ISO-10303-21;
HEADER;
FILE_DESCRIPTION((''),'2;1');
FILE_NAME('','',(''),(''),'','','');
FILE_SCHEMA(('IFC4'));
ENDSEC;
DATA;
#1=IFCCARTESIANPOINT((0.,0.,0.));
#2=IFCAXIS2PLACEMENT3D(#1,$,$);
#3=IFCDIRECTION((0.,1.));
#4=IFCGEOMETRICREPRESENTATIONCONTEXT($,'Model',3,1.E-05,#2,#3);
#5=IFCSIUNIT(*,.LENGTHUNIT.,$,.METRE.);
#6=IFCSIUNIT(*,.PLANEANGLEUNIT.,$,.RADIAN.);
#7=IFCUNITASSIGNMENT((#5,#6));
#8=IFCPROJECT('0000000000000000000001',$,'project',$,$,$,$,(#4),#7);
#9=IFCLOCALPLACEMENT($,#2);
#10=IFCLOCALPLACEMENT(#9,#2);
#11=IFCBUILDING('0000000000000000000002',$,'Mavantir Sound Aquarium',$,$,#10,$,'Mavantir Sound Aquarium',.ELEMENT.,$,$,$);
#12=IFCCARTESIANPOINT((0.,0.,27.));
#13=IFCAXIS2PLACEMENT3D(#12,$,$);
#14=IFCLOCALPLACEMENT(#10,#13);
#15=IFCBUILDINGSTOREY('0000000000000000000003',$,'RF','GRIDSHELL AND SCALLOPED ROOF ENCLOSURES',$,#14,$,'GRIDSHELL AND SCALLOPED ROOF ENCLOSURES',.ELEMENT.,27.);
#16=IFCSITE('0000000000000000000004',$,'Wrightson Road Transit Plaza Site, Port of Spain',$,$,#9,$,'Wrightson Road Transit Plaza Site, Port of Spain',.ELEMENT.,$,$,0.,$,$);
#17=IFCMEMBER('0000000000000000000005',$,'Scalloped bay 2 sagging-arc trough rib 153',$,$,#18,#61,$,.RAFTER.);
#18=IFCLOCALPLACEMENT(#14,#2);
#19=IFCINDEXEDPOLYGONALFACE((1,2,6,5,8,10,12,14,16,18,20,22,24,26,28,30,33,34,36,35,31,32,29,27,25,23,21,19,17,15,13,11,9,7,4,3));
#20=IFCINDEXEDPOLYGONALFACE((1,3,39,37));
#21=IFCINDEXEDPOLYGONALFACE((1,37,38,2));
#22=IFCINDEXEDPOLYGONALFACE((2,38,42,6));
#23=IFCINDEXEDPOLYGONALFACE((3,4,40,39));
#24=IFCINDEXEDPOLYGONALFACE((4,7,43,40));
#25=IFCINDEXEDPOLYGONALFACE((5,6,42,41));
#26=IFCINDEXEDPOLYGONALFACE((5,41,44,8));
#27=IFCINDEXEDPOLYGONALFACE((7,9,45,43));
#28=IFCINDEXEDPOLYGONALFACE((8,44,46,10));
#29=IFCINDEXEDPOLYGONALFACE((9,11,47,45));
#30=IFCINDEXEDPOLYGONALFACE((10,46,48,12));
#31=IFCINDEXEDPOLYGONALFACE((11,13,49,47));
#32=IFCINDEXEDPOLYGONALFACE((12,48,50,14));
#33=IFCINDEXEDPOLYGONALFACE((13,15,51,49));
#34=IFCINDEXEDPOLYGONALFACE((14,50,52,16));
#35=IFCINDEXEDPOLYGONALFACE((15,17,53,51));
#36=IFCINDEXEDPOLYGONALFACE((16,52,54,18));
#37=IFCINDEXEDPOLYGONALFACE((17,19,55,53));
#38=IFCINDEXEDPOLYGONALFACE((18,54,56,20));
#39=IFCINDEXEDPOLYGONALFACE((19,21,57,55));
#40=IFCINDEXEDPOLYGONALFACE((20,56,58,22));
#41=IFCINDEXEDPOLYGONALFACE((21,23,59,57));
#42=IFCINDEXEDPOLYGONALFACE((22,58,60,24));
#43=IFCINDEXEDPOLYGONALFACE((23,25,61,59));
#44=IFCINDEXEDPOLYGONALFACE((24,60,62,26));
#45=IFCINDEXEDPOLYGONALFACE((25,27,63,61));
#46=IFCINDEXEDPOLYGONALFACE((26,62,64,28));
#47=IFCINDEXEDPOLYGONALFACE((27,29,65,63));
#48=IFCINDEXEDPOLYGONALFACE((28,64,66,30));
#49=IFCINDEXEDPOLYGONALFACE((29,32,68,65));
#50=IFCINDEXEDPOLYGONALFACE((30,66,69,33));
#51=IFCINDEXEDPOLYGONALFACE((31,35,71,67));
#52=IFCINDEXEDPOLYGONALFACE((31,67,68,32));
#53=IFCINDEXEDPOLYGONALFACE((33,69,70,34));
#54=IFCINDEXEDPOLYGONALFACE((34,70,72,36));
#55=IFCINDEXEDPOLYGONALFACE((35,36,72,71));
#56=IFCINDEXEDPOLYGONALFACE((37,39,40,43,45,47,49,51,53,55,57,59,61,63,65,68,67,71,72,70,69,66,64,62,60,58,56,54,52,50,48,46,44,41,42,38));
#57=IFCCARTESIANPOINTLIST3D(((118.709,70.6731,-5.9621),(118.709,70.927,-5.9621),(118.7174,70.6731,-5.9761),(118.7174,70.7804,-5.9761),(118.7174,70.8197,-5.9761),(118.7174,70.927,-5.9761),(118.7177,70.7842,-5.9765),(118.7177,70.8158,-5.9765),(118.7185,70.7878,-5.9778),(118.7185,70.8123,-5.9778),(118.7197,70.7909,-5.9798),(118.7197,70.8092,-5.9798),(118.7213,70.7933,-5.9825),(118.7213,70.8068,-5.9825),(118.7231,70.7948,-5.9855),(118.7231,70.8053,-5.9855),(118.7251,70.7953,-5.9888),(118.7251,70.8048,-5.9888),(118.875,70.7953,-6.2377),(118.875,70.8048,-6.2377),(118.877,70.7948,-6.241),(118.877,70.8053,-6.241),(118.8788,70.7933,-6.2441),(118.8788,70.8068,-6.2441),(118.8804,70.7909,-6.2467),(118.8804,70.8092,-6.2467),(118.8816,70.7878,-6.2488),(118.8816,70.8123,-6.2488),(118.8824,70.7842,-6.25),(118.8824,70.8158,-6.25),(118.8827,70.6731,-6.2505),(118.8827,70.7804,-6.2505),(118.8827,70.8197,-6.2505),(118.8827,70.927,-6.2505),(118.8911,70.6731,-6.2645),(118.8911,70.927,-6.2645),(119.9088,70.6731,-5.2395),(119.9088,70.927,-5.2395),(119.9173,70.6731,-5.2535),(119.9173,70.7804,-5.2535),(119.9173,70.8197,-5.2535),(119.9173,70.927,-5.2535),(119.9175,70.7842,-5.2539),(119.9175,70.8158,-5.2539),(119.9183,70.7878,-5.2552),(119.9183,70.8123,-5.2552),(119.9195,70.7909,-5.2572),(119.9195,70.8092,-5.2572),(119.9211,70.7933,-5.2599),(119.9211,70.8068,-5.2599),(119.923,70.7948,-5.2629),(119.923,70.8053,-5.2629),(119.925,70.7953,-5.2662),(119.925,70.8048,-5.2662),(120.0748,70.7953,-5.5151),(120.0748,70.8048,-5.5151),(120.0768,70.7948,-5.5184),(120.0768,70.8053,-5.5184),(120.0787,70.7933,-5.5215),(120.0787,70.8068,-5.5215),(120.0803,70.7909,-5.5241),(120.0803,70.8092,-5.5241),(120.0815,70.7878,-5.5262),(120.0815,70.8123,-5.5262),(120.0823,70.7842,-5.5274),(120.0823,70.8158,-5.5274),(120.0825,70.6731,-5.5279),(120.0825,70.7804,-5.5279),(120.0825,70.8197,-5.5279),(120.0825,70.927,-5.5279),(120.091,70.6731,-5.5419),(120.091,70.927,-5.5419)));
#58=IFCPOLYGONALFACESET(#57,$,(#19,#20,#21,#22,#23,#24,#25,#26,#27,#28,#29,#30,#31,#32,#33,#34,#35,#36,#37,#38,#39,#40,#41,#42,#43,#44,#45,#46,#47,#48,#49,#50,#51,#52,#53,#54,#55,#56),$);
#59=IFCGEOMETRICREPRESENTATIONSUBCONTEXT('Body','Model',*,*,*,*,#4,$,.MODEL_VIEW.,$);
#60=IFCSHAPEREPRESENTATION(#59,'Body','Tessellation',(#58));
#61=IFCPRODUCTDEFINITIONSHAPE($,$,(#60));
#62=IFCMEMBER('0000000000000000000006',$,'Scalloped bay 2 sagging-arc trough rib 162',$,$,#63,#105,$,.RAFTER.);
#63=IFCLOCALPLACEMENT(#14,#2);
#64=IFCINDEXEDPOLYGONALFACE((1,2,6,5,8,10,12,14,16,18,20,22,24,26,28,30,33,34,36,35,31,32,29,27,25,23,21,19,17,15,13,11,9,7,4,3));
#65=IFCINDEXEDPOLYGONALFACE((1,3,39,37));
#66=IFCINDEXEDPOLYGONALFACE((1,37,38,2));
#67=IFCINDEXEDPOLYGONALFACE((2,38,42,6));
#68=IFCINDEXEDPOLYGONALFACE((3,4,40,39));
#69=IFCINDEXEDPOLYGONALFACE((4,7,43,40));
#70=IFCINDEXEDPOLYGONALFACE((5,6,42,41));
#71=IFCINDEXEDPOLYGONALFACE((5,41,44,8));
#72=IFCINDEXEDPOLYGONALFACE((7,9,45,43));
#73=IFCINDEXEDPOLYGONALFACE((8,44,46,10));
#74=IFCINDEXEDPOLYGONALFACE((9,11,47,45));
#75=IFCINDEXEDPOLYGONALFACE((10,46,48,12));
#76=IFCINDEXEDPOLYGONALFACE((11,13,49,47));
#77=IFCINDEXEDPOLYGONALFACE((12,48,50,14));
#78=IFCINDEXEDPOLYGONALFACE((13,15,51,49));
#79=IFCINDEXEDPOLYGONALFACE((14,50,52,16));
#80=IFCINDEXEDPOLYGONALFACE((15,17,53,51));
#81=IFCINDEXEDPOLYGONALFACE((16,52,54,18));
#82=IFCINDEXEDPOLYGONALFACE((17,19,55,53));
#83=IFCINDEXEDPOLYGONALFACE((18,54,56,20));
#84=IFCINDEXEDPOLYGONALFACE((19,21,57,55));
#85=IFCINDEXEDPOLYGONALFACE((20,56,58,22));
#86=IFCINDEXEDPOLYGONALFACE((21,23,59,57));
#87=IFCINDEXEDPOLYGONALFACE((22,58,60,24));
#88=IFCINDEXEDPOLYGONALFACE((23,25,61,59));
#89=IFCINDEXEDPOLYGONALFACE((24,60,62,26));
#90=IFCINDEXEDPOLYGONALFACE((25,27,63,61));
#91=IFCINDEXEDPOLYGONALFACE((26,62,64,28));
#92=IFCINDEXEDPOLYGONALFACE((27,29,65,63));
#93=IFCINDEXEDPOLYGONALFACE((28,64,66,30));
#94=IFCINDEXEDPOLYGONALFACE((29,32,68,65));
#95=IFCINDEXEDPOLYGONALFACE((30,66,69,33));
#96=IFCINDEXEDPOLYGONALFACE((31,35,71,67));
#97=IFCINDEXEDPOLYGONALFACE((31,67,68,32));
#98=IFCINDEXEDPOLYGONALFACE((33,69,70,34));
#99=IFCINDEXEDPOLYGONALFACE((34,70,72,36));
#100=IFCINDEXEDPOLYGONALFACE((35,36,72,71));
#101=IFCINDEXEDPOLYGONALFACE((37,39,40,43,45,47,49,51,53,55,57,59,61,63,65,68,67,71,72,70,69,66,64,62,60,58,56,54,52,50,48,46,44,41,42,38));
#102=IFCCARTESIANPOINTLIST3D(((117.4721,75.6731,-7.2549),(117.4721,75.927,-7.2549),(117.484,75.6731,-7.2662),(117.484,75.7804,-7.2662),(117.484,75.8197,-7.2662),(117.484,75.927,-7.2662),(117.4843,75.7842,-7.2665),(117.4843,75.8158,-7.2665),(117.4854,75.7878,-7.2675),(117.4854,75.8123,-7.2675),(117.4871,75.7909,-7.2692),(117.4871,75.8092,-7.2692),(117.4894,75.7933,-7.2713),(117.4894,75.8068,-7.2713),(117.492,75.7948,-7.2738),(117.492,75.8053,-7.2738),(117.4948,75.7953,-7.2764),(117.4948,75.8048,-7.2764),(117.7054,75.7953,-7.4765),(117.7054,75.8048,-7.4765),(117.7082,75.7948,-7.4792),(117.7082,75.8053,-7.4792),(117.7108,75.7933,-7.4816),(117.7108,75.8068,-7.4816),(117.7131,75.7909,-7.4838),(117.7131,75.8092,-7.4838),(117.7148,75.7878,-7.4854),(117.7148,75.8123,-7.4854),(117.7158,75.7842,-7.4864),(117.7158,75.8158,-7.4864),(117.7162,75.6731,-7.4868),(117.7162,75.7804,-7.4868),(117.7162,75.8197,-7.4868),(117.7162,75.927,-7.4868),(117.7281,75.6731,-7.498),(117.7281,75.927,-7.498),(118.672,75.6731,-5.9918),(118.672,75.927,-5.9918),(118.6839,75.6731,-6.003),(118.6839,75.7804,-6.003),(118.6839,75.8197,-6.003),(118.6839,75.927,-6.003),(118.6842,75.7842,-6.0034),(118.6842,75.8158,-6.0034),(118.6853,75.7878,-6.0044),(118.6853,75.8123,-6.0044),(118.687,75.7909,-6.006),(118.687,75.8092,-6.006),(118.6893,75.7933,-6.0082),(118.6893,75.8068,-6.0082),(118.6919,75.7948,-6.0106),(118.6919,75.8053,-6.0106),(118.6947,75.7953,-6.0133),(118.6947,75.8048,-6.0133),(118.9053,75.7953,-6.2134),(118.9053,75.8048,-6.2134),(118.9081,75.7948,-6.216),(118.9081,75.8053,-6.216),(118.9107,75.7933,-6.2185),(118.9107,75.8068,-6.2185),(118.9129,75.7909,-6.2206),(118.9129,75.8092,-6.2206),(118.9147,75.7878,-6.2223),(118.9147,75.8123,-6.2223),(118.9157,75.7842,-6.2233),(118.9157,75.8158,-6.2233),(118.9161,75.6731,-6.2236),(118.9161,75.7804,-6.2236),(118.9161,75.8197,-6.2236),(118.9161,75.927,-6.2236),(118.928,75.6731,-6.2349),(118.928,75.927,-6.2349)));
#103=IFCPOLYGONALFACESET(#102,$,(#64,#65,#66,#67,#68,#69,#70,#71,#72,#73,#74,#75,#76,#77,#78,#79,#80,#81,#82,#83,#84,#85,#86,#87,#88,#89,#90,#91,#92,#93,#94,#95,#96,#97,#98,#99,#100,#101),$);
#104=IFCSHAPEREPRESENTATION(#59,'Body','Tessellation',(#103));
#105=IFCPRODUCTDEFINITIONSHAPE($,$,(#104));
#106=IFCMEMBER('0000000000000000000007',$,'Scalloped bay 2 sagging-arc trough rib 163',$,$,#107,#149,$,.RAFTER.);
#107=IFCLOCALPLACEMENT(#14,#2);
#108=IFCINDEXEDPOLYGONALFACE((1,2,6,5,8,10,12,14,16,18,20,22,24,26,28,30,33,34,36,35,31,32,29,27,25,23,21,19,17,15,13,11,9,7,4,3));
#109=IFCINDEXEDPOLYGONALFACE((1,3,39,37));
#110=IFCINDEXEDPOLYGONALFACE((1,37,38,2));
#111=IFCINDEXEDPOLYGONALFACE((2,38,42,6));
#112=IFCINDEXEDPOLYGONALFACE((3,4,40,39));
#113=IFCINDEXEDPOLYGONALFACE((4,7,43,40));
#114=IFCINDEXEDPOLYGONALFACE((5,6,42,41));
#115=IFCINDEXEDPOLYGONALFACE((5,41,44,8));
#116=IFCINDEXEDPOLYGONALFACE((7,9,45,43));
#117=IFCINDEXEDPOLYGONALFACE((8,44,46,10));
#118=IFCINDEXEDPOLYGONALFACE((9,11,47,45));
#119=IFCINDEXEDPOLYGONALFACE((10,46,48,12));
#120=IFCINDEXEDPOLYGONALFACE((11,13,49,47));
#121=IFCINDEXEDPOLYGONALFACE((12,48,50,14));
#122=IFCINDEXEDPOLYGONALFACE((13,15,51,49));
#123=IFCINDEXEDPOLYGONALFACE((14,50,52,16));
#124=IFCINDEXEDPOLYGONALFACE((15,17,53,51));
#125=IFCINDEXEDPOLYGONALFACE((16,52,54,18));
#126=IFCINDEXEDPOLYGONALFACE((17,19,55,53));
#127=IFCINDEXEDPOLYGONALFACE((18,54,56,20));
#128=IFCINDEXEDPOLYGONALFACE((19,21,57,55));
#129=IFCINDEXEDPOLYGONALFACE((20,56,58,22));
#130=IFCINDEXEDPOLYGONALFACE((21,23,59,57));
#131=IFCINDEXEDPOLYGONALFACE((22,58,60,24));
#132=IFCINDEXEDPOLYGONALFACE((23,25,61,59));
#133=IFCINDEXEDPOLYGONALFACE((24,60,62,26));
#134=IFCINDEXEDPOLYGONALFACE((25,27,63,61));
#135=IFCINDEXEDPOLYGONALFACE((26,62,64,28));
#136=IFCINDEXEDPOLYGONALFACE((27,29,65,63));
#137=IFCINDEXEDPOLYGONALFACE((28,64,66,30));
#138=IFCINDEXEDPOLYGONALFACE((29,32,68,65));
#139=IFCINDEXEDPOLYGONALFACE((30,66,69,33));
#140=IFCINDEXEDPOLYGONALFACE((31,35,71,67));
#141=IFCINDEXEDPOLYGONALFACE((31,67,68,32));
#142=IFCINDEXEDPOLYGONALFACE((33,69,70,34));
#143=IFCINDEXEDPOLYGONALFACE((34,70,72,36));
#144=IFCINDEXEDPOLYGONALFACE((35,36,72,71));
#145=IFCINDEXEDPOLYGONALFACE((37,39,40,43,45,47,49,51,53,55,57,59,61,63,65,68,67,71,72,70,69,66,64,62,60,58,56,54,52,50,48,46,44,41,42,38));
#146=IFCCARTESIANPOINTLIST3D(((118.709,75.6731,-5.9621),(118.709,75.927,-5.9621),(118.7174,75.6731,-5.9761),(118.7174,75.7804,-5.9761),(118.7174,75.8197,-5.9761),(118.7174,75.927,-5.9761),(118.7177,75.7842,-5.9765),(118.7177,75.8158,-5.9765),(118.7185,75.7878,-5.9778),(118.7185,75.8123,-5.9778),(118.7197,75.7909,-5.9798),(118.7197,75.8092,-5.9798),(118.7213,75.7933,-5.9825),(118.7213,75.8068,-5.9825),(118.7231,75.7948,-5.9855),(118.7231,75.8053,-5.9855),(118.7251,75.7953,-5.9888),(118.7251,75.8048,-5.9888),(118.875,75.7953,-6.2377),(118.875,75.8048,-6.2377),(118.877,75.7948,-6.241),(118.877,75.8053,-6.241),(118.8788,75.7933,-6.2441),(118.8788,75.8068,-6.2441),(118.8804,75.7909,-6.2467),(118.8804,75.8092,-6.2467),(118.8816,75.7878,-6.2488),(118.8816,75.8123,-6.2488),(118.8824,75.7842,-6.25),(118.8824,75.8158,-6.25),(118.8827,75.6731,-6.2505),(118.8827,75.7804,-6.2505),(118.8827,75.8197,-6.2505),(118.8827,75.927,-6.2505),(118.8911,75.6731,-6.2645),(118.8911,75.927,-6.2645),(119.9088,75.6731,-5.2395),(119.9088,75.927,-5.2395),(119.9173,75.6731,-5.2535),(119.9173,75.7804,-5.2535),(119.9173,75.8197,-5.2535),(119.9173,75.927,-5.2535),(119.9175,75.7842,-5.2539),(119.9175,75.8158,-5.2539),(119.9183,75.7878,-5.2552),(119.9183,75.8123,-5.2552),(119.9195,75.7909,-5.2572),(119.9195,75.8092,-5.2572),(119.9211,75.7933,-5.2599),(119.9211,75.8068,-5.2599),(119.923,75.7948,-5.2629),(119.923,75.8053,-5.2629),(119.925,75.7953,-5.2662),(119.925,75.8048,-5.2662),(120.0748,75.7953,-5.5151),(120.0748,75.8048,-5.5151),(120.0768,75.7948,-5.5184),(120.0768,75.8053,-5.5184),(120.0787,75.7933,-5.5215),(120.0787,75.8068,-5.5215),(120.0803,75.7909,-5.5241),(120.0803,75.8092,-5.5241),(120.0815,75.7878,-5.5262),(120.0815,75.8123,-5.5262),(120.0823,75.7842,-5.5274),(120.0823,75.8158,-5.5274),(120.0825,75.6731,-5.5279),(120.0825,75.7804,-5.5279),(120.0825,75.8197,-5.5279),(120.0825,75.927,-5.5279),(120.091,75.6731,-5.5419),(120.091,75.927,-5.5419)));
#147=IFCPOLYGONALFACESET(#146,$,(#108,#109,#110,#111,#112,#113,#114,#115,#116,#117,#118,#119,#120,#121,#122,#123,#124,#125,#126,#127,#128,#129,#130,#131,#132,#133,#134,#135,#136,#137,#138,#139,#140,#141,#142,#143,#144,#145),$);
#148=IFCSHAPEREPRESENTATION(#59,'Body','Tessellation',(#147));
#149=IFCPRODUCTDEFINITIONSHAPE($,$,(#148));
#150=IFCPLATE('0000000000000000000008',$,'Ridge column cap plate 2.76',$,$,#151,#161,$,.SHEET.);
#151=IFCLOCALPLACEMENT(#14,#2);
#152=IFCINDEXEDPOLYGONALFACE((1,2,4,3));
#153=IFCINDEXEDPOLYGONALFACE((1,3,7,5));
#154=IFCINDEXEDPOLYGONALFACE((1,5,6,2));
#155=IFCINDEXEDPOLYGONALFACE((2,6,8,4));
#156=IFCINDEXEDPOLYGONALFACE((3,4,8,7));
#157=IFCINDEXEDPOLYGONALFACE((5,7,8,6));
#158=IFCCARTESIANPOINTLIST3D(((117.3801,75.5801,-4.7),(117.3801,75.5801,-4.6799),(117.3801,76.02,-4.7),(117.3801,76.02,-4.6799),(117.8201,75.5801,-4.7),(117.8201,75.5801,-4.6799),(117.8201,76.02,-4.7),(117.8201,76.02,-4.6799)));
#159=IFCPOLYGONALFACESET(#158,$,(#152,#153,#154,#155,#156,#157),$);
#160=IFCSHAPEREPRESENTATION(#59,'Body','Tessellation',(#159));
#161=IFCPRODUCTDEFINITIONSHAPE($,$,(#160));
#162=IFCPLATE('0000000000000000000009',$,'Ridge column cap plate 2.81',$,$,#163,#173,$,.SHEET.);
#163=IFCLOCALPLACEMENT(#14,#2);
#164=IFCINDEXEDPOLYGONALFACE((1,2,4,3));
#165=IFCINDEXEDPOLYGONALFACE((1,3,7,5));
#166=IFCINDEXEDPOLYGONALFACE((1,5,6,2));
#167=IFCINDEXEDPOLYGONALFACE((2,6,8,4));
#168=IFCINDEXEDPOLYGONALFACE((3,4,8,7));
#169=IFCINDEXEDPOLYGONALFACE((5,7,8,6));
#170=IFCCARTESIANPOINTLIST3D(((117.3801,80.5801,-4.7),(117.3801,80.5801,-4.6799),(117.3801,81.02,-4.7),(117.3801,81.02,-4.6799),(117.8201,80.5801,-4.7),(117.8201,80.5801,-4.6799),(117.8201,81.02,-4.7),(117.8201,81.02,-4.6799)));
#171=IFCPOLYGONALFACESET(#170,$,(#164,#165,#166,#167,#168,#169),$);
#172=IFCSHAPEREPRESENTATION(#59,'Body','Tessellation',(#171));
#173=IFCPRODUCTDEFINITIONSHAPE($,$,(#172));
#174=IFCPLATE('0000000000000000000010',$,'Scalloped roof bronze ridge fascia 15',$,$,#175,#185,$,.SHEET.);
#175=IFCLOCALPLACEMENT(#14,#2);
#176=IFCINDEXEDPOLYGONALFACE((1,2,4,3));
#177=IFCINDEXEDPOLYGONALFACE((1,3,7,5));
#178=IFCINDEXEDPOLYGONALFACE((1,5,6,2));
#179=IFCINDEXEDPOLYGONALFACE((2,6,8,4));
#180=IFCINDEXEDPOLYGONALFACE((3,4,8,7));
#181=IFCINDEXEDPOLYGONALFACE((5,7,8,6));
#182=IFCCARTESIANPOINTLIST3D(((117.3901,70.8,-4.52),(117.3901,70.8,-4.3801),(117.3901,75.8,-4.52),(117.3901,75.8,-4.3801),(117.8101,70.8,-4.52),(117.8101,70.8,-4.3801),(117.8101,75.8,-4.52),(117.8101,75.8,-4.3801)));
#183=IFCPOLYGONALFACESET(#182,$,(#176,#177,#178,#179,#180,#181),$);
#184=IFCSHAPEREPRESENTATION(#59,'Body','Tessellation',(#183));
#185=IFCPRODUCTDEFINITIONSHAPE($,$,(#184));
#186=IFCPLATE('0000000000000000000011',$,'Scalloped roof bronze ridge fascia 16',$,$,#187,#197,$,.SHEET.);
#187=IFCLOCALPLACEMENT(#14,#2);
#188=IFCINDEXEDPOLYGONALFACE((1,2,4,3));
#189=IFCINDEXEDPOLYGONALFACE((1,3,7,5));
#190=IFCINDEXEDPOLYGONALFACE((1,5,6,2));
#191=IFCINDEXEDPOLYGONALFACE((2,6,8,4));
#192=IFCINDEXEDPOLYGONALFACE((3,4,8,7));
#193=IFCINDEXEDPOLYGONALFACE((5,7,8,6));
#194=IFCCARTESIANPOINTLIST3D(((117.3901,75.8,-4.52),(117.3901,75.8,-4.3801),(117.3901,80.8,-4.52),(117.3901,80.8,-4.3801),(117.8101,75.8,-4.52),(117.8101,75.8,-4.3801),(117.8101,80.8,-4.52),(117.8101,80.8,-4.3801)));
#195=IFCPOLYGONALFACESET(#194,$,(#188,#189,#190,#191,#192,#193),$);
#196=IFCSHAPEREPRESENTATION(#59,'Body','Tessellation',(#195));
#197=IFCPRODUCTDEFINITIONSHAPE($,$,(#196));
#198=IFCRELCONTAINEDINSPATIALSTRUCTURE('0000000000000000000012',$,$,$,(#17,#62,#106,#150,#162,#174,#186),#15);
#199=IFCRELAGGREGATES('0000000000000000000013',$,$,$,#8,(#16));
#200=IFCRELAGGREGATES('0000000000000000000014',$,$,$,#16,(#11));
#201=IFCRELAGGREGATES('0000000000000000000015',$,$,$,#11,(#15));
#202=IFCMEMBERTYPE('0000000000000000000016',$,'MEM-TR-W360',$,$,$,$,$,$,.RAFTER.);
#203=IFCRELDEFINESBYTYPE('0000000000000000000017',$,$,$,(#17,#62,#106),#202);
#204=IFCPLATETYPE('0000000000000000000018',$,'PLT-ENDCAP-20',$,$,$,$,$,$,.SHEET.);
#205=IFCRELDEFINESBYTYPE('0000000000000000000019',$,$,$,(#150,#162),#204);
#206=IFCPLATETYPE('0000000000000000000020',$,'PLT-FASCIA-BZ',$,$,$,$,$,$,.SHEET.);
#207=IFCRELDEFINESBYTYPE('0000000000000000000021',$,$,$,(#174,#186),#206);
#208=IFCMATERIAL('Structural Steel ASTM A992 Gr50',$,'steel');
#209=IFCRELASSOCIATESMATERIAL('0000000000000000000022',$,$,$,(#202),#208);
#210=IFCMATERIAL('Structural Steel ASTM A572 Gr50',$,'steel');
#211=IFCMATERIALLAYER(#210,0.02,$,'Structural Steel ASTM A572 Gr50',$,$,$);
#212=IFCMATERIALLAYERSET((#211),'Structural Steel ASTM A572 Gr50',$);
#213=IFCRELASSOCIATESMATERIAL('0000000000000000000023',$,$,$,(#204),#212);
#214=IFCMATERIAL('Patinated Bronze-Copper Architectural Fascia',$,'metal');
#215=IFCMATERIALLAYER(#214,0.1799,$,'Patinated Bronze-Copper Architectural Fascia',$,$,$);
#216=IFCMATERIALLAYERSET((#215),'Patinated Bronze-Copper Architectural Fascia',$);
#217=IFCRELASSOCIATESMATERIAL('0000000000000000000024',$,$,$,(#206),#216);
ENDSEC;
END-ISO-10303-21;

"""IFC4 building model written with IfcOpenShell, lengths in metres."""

from ifc_helpers import new_model, si_unit, direction, frame, origin, origin_2d, place, context, subcontext, project, spatial, rectangle, i_section, extrude, material, layer, layer_set, material_profile, profile_set, type_object, element, save


model = new_model("IFC4")

# Units and contexts
model_context = context("Model", 3, precision=1e-05, world=origin(), true_north=direction((0.0, 1.0)))
body_context = subcontext(model_context, "Body", "Model", "MODEL_VIEW")
ifc_project = project(units=[si_unit("LENGTHUNIT", "METRE"), si_unit("PLANEANGLEUNIT", "RADIAN")], contexts=[model_context])

# Site, building, storey
site_placement = place(None, origin())
site = spatial("IfcSite", under=ifc_project, at=site_placement, Name="Wrightson Road Transit Plaza Site, Port of Spain", LongName="Wrightson Road Transit Plaza Site, Port of Spain", CompositionType="ELEMENT", RefElevation=0.0)
building_placement = place(site_placement, origin())
building = spatial("IfcBuilding", under=site, at=building_placement, Name="Mavantir Sound Aquarium", LongName="Mavantir Sound Aquarium", CompositionType="ELEMENT")
storey_placement = place(building_placement, frame((0.0, 0.0, 27.0)))
storey = spatial("IfcBuildingStorey", under=building, at=storey_placement, Name="RF", Description="GRIDSHELL AND SCALLOPED ROOF ENCLOSURES", LongName="GRIDSHELL AND SCALLOPED ROOF ENCLOSURES", CompositionType="ELEMENT", Elevation=27.0)

# Shared definitions
ifc_material_1 = material(Name="Structural Steel ASTM A992 Gr50", Category="steel")

# Members
ifc_material_profile_1 = material_profile(ifc_material_1, i_section(OverallWidth=0.2539, OverallDepth=0.353, WebThickness=0.0095, FlangeThickness=0.0164, FilletRadius=0.0149, at=origin_2d()), Name="W360X91")
ifc_profile_set_1 = profile_set([ifc_material_profile_1], Name="Structural Steel ASTM A992 Gr50")
member_type_1 = type_object("IfcMemberType", Name="MEM-TR-W360", PredefinedType="RAFTER", material=ifc_profile_set_1)
member_1_placement = place(storey_placement, frame((118.8, 70.8, -6.1133), z_axis=(0.856646, 0.0, 0.515905), x_axis=(0.0, 1.0, 0.0)))
element("IfcMember", 1, at=member_1_placement, inside=storey, type_object=member_type_1, Name="Scalloped bay 2 sagging-arc trough rib 153", PredefinedType="RAFTER", context=body_context, shape_type="SweptSolid", body=[
    extrude(i_section(OverallWidth=0.2539, OverallDepth=0.353, WebThickness=0.0095, FlangeThickness=0.0164, FilletRadius=0.0149, at=origin_2d()), origin(), (0.0, 0.0, 1.0), 1.4006),
])
member_2_placement = place(storey_placement, frame((117.6001, 75.8, -7.3765), z_axis=(0.688727, 0.0, 0.72502), x_axis=(0.0, 1.0, 0.0)))
element("IfcMember", 2, at=member_2_placement, inside=storey, type_object=member_type_1, Name="Scalloped bay 2 sagging-arc trough rib 162", PredefinedType="RAFTER", context=body_context, shape_type="SweptSolid", body=[
    extrude(i_section(OverallWidth=0.2539, OverallDepth=0.353, WebThickness=0.0095, FlangeThickness=0.0164, FilletRadius=0.0149, at=origin_2d()), origin(), (0.0, 0.0, 1.0), 1.7422),
])
member_3_placement = place(storey_placement, frame((118.8, 75.8, -6.1133), z_axis=(0.856646, 0.0, 0.515905), x_axis=(0.0, 1.0, 0.0)))
element("IfcMember", 3, at=member_3_placement, inside=storey, type_object=member_type_1, Name="Scalloped bay 2 sagging-arc trough rib 163", PredefinedType="RAFTER", context=body_context, shape_type="SweptSolid", body=[
    extrude(i_section(OverallWidth=0.2539, OverallDepth=0.353, WebThickness=0.0095, FlangeThickness=0.0164, FilletRadius=0.0149, at=origin_2d()), origin(), (0.0, 0.0, 1.0), 1.4006),
])

# Plates
ifc_material_2 = material(Name="Structural Steel ASTM A572 Gr50", Category="steel")
ifc_layer_1 = layer(ifc_material_2, 0.02, Name="Structural Steel ASTM A572 Gr50")
ifc_layer_set_1 = layer_set([ifc_layer_1], Name="Structural Steel ASTM A572 Gr50")
plate_type_1 = type_object("IfcPlateType", Name="PLT-ENDCAP-20", PredefinedType="SHEET", material=ifc_layer_set_1)
for number, where, z_axis, x_axis, name in (
    (4, (117.6001, 75.8, -4.7), (0.0, 0.0, 1.0), (1.0, 0.0, 0.0), "Ridge column cap plate 2.76"),
    (5, (117.6001, 80.8, -4.7), (0.0, 0.0, 1.0), (1.0, 0.0, 0.0), "Ridge column cap plate 2.81"),
):
    element("IfcPlate", number, at=place(storey_placement, frame(where, z_axis=z_axis, x_axis=x_axis)), inside=storey, type_object=plate_type_1, Name=name, PredefinedType="SHEET", context=body_context, shape_type="SweptSolid", body=[
        extrude(rectangle(XDim=0.4399, YDim=0.4399, at=origin_2d()), origin(), (0.0, 0.0, 1.0), 0.02),
    ])
ifc_material_3 = material(Name="Patinated Bronze-Copper Architectural Fascia", Category="metal")
ifc_layer_2 = layer(ifc_material_3, 0.1799, Name="Patinated Bronze-Copper Architectural Fascia")
ifc_layer_set_2 = layer_set([ifc_layer_2], Name="Patinated Bronze-Copper Architectural Fascia")
plate_type_2 = type_object("IfcPlateType", Name="PLT-FASCIA-BZ", PredefinedType="SHEET", material=ifc_layer_set_2)
for number, where, z_axis, x_axis, name in (
    (6, (117.6001, 73.3, -4.52), (0.0, 0.0, 1.0), (1.0, 0.0, 0.0), "Scalloped roof bronze ridge fascia 15"),
    (7, (117.6001, 78.3, -4.52), (0.0, 0.0, 1.0), (1.0, 0.0, 0.0), "Scalloped roof bronze ridge fascia 16"),
):
    element("IfcPlate", number, at=place(storey_placement, frame(where, z_axis=z_axis, x_axis=x_axis)), inside=storey, type_object=plate_type_2, Name=name, PredefinedType="SHEET", context=body_context, shape_type="SweptSolid", body=[
        extrude(rectangle(XDim=0.4199, YDim=5.0, at=origin_2d()), origin(), (0.0, 0.0, 1.0), 0.1399),
    ])

save(model, "model.ifc")
